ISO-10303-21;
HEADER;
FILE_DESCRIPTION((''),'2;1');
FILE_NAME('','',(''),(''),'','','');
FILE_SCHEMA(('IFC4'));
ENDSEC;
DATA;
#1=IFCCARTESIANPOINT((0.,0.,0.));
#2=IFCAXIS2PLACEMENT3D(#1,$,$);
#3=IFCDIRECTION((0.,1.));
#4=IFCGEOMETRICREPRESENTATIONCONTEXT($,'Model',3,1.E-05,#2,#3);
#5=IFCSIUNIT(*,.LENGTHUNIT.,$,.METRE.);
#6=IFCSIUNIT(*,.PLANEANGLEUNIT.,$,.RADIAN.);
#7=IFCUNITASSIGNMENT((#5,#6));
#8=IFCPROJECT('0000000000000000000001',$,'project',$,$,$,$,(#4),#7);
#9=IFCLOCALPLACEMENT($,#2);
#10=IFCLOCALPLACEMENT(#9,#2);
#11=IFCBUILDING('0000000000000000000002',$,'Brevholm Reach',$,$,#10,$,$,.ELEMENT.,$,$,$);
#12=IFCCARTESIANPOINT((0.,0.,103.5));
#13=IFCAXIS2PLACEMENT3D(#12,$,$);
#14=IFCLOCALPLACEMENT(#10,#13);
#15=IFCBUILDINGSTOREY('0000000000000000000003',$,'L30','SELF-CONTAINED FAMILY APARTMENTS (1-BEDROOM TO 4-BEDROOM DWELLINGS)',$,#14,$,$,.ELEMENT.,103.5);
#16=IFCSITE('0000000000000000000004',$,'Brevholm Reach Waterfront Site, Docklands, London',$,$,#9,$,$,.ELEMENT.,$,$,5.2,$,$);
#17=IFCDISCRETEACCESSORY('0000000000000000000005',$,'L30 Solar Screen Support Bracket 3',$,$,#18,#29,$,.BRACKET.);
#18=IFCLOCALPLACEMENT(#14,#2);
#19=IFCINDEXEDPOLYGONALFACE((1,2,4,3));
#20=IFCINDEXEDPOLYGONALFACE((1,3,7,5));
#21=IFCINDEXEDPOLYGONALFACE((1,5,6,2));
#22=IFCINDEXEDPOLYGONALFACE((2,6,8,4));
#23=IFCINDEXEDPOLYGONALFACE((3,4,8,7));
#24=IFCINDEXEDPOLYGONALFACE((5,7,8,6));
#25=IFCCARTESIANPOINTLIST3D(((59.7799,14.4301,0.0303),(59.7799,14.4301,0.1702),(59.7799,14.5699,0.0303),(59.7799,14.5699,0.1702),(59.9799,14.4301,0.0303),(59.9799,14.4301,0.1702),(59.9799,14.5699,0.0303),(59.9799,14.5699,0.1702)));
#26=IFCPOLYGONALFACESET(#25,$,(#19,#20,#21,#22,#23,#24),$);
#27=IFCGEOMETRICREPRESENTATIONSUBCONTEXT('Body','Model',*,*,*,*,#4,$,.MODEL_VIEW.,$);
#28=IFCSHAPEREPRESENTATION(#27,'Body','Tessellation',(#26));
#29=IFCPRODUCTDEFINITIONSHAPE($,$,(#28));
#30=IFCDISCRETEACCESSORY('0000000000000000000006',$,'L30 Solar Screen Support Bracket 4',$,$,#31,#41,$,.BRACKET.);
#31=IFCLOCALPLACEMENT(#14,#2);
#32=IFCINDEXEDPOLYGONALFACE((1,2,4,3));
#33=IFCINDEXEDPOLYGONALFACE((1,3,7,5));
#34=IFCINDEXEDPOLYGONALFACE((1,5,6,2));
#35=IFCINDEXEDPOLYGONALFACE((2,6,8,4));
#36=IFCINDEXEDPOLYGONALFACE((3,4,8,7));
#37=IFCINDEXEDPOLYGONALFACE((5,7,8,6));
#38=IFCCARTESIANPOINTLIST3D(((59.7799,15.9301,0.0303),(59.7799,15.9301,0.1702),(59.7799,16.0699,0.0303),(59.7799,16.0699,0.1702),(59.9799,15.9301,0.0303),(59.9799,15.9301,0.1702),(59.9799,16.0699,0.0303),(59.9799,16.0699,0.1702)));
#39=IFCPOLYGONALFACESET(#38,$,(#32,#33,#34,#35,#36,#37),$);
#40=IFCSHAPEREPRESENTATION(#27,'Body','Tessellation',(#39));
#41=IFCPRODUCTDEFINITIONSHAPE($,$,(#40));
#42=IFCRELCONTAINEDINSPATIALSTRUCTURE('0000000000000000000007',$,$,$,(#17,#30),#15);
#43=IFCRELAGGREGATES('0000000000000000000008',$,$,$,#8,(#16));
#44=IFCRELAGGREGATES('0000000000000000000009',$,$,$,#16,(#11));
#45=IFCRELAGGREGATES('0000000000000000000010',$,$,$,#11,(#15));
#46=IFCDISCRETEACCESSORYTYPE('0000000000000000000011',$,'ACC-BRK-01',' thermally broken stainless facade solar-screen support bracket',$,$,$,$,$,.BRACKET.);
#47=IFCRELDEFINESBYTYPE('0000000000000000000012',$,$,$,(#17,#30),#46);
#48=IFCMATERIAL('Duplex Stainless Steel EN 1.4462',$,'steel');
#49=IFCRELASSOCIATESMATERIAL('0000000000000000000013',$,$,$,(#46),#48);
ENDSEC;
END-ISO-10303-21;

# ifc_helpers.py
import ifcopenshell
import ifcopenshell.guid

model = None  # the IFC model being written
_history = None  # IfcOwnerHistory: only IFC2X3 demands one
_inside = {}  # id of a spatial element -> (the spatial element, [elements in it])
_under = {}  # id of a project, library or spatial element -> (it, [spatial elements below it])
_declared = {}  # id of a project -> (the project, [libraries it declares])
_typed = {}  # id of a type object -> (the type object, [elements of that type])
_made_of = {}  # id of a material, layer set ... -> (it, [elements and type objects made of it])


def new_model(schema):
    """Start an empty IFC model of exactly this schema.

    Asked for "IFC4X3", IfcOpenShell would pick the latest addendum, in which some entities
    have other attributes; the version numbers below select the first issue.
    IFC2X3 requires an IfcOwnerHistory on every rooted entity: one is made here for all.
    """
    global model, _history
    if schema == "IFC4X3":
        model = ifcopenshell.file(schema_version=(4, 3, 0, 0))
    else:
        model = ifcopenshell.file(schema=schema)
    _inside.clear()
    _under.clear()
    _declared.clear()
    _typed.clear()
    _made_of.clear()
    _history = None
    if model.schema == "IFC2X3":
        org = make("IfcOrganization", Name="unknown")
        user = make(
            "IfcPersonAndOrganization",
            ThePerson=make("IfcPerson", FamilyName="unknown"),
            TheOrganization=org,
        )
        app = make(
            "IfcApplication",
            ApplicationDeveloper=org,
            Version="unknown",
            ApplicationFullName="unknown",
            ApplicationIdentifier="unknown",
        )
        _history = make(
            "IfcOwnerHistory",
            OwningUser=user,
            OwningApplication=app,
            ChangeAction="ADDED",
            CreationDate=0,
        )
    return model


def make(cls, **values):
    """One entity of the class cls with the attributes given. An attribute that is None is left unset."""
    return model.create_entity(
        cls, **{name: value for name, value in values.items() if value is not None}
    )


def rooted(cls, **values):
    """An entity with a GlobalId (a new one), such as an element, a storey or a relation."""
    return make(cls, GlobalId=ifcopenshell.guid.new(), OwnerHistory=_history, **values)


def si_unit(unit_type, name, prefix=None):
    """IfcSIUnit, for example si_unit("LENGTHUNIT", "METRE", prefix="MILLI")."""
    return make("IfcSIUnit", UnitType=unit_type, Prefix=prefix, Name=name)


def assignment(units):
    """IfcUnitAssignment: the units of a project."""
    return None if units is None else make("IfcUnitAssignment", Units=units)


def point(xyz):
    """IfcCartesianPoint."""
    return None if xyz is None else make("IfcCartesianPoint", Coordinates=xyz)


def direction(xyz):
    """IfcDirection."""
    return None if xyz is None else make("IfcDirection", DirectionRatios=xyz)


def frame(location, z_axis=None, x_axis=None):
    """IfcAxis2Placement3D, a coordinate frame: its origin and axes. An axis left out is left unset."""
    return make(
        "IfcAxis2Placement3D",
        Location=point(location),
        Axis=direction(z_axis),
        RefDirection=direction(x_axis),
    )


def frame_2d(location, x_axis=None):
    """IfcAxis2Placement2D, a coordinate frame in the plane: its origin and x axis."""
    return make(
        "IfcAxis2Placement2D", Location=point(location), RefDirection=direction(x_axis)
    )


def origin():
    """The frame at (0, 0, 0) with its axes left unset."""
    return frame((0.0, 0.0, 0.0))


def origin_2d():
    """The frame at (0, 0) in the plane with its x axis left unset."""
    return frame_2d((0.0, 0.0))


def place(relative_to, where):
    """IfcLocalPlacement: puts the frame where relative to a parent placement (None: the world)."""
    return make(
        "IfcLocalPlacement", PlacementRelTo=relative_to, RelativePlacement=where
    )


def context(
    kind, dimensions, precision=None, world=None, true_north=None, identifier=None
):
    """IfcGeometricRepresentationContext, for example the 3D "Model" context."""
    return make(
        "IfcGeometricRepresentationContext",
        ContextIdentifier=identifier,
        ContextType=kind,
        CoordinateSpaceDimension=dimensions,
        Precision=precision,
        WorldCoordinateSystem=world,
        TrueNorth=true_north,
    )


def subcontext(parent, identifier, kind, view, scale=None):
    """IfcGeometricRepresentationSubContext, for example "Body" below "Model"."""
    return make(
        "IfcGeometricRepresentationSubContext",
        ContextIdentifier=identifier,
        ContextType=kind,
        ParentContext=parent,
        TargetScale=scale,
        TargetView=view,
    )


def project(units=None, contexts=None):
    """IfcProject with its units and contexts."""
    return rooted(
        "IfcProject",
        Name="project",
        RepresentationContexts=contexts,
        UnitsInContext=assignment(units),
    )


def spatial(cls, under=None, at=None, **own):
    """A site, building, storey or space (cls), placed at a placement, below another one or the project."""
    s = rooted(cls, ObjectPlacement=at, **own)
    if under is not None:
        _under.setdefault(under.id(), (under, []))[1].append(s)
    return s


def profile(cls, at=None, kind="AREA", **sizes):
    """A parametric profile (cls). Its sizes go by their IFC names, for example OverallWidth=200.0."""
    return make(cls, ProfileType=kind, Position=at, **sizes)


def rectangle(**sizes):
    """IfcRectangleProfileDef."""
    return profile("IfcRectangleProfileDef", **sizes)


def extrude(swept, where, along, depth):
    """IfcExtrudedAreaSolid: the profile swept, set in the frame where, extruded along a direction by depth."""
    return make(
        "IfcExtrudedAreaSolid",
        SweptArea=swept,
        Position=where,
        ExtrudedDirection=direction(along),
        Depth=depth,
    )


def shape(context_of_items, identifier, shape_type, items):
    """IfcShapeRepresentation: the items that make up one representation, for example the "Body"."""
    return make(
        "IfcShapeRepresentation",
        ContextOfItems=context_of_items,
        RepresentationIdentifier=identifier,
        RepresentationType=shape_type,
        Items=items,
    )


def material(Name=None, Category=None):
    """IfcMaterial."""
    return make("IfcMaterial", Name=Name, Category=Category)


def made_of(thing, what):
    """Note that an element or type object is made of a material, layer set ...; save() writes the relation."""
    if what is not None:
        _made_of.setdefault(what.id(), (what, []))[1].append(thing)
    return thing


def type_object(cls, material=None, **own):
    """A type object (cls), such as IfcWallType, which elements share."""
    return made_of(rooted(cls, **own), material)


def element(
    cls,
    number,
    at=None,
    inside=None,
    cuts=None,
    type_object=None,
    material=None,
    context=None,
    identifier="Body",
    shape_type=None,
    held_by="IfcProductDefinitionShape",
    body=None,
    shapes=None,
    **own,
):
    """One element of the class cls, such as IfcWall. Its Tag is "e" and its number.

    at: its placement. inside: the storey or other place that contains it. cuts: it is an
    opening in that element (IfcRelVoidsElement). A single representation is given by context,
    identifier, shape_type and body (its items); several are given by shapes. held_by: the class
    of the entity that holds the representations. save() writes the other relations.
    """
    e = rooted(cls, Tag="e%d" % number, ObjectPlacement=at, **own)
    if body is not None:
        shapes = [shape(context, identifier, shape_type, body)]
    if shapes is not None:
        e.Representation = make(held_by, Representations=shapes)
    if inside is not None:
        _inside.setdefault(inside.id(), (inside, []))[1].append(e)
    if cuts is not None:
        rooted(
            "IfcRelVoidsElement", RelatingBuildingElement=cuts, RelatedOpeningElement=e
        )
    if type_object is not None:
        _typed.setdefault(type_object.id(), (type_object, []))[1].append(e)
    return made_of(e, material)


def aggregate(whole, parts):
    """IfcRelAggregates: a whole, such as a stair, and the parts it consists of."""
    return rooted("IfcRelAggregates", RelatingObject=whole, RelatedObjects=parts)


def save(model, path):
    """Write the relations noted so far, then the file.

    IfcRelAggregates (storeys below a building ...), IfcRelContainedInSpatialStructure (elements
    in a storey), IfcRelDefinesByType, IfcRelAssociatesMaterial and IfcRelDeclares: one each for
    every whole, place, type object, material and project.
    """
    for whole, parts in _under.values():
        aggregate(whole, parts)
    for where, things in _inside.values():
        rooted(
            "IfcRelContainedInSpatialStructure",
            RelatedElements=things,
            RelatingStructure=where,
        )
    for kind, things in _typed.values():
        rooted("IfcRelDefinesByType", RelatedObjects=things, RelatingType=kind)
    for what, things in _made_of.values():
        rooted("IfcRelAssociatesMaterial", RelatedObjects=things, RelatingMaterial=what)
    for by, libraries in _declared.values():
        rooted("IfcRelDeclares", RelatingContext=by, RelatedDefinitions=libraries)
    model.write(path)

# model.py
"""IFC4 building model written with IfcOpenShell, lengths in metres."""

from ifc_helpers import new_model, si_unit, direction, frame, origin, origin_2d, place, context, subcontext, project, spatial, rectangle, extrude, material, type_object, element, save


model = new_model("IFC4")

# Units and contexts
model_context = context("Model", 3, precision=1e-05, world=origin(), true_north=direction((0.0, 1.0)))
body_context = subcontext(model_context, "Body", "Model", "MODEL_VIEW")
ifc_project = project(units=[si_unit("LENGTHUNIT", "METRE"), si_unit("PLANEANGLEUNIT", "RADIAN")], contexts=[model_context])

# Site, building, storey
site_placement = place(None, origin())
site = spatial("IfcSite", under=ifc_project, at=site_placement, Name="Brevholm Reach Waterfront Site, Docklands, London", CompositionType="ELEMENT", RefElevation=5.2)
building_placement = place(site_placement, origin())
building = spatial("IfcBuilding", under=site, at=building_placement, Name="Brevholm Reach", CompositionType="ELEMENT")
storey_placement = place(building_placement, frame((0.0, 0.0, 103.5)))
storey = spatial("IfcBuildingStorey", under=building, at=storey_placement, Name="L30", Description="SELF-CONTAINED FAMILY APARTMENTS (1-BEDROOM TO 4-BEDROOM DWELLINGS)", CompositionType="ELEMENT", Elevation=103.5)

# Discrete accessories
ifc_material_1 = material(Name="Duplex Stainless Steel EN 1.4462", Category="steel")
discrete_accessory_type = type_object("IfcDiscreteAccessoryType", Name="ACC-BRK-01", Description=" thermally broken stainless facade solar-screen support bracket", PredefinedType="BRACKET", material=ifc_material_1)
for number, where, z_axis, x_axis, name in (
    (1, (59.8799, 14.5, 0.0303), (0.0, 0.0, 1.0), (1.0, 0.0, 0.0), "L30 Solar Screen Support Bracket 3"),
    (2, (59.8799, 16.0, 0.0303), (0.0, 0.0, 1.0), (1.0, 0.0, 0.0), "L30 Solar Screen Support Bracket 4"),
):
    element("IfcDiscreteAccessory", number, at=place(storey_placement, frame(where, z_axis=z_axis, x_axis=x_axis)), inside=storey, type_object=discrete_accessory_type, Name=name, PredefinedType="BRACKET", context=body_context, shape_type="SweptSolid", body=[
        extrude(rectangle(XDim=0.2, YDim=0.1399, at=origin_2d()), origin(), (0.0, 0.0, 1.0), 0.1399),
    ])

save(model, "model.ifc")
